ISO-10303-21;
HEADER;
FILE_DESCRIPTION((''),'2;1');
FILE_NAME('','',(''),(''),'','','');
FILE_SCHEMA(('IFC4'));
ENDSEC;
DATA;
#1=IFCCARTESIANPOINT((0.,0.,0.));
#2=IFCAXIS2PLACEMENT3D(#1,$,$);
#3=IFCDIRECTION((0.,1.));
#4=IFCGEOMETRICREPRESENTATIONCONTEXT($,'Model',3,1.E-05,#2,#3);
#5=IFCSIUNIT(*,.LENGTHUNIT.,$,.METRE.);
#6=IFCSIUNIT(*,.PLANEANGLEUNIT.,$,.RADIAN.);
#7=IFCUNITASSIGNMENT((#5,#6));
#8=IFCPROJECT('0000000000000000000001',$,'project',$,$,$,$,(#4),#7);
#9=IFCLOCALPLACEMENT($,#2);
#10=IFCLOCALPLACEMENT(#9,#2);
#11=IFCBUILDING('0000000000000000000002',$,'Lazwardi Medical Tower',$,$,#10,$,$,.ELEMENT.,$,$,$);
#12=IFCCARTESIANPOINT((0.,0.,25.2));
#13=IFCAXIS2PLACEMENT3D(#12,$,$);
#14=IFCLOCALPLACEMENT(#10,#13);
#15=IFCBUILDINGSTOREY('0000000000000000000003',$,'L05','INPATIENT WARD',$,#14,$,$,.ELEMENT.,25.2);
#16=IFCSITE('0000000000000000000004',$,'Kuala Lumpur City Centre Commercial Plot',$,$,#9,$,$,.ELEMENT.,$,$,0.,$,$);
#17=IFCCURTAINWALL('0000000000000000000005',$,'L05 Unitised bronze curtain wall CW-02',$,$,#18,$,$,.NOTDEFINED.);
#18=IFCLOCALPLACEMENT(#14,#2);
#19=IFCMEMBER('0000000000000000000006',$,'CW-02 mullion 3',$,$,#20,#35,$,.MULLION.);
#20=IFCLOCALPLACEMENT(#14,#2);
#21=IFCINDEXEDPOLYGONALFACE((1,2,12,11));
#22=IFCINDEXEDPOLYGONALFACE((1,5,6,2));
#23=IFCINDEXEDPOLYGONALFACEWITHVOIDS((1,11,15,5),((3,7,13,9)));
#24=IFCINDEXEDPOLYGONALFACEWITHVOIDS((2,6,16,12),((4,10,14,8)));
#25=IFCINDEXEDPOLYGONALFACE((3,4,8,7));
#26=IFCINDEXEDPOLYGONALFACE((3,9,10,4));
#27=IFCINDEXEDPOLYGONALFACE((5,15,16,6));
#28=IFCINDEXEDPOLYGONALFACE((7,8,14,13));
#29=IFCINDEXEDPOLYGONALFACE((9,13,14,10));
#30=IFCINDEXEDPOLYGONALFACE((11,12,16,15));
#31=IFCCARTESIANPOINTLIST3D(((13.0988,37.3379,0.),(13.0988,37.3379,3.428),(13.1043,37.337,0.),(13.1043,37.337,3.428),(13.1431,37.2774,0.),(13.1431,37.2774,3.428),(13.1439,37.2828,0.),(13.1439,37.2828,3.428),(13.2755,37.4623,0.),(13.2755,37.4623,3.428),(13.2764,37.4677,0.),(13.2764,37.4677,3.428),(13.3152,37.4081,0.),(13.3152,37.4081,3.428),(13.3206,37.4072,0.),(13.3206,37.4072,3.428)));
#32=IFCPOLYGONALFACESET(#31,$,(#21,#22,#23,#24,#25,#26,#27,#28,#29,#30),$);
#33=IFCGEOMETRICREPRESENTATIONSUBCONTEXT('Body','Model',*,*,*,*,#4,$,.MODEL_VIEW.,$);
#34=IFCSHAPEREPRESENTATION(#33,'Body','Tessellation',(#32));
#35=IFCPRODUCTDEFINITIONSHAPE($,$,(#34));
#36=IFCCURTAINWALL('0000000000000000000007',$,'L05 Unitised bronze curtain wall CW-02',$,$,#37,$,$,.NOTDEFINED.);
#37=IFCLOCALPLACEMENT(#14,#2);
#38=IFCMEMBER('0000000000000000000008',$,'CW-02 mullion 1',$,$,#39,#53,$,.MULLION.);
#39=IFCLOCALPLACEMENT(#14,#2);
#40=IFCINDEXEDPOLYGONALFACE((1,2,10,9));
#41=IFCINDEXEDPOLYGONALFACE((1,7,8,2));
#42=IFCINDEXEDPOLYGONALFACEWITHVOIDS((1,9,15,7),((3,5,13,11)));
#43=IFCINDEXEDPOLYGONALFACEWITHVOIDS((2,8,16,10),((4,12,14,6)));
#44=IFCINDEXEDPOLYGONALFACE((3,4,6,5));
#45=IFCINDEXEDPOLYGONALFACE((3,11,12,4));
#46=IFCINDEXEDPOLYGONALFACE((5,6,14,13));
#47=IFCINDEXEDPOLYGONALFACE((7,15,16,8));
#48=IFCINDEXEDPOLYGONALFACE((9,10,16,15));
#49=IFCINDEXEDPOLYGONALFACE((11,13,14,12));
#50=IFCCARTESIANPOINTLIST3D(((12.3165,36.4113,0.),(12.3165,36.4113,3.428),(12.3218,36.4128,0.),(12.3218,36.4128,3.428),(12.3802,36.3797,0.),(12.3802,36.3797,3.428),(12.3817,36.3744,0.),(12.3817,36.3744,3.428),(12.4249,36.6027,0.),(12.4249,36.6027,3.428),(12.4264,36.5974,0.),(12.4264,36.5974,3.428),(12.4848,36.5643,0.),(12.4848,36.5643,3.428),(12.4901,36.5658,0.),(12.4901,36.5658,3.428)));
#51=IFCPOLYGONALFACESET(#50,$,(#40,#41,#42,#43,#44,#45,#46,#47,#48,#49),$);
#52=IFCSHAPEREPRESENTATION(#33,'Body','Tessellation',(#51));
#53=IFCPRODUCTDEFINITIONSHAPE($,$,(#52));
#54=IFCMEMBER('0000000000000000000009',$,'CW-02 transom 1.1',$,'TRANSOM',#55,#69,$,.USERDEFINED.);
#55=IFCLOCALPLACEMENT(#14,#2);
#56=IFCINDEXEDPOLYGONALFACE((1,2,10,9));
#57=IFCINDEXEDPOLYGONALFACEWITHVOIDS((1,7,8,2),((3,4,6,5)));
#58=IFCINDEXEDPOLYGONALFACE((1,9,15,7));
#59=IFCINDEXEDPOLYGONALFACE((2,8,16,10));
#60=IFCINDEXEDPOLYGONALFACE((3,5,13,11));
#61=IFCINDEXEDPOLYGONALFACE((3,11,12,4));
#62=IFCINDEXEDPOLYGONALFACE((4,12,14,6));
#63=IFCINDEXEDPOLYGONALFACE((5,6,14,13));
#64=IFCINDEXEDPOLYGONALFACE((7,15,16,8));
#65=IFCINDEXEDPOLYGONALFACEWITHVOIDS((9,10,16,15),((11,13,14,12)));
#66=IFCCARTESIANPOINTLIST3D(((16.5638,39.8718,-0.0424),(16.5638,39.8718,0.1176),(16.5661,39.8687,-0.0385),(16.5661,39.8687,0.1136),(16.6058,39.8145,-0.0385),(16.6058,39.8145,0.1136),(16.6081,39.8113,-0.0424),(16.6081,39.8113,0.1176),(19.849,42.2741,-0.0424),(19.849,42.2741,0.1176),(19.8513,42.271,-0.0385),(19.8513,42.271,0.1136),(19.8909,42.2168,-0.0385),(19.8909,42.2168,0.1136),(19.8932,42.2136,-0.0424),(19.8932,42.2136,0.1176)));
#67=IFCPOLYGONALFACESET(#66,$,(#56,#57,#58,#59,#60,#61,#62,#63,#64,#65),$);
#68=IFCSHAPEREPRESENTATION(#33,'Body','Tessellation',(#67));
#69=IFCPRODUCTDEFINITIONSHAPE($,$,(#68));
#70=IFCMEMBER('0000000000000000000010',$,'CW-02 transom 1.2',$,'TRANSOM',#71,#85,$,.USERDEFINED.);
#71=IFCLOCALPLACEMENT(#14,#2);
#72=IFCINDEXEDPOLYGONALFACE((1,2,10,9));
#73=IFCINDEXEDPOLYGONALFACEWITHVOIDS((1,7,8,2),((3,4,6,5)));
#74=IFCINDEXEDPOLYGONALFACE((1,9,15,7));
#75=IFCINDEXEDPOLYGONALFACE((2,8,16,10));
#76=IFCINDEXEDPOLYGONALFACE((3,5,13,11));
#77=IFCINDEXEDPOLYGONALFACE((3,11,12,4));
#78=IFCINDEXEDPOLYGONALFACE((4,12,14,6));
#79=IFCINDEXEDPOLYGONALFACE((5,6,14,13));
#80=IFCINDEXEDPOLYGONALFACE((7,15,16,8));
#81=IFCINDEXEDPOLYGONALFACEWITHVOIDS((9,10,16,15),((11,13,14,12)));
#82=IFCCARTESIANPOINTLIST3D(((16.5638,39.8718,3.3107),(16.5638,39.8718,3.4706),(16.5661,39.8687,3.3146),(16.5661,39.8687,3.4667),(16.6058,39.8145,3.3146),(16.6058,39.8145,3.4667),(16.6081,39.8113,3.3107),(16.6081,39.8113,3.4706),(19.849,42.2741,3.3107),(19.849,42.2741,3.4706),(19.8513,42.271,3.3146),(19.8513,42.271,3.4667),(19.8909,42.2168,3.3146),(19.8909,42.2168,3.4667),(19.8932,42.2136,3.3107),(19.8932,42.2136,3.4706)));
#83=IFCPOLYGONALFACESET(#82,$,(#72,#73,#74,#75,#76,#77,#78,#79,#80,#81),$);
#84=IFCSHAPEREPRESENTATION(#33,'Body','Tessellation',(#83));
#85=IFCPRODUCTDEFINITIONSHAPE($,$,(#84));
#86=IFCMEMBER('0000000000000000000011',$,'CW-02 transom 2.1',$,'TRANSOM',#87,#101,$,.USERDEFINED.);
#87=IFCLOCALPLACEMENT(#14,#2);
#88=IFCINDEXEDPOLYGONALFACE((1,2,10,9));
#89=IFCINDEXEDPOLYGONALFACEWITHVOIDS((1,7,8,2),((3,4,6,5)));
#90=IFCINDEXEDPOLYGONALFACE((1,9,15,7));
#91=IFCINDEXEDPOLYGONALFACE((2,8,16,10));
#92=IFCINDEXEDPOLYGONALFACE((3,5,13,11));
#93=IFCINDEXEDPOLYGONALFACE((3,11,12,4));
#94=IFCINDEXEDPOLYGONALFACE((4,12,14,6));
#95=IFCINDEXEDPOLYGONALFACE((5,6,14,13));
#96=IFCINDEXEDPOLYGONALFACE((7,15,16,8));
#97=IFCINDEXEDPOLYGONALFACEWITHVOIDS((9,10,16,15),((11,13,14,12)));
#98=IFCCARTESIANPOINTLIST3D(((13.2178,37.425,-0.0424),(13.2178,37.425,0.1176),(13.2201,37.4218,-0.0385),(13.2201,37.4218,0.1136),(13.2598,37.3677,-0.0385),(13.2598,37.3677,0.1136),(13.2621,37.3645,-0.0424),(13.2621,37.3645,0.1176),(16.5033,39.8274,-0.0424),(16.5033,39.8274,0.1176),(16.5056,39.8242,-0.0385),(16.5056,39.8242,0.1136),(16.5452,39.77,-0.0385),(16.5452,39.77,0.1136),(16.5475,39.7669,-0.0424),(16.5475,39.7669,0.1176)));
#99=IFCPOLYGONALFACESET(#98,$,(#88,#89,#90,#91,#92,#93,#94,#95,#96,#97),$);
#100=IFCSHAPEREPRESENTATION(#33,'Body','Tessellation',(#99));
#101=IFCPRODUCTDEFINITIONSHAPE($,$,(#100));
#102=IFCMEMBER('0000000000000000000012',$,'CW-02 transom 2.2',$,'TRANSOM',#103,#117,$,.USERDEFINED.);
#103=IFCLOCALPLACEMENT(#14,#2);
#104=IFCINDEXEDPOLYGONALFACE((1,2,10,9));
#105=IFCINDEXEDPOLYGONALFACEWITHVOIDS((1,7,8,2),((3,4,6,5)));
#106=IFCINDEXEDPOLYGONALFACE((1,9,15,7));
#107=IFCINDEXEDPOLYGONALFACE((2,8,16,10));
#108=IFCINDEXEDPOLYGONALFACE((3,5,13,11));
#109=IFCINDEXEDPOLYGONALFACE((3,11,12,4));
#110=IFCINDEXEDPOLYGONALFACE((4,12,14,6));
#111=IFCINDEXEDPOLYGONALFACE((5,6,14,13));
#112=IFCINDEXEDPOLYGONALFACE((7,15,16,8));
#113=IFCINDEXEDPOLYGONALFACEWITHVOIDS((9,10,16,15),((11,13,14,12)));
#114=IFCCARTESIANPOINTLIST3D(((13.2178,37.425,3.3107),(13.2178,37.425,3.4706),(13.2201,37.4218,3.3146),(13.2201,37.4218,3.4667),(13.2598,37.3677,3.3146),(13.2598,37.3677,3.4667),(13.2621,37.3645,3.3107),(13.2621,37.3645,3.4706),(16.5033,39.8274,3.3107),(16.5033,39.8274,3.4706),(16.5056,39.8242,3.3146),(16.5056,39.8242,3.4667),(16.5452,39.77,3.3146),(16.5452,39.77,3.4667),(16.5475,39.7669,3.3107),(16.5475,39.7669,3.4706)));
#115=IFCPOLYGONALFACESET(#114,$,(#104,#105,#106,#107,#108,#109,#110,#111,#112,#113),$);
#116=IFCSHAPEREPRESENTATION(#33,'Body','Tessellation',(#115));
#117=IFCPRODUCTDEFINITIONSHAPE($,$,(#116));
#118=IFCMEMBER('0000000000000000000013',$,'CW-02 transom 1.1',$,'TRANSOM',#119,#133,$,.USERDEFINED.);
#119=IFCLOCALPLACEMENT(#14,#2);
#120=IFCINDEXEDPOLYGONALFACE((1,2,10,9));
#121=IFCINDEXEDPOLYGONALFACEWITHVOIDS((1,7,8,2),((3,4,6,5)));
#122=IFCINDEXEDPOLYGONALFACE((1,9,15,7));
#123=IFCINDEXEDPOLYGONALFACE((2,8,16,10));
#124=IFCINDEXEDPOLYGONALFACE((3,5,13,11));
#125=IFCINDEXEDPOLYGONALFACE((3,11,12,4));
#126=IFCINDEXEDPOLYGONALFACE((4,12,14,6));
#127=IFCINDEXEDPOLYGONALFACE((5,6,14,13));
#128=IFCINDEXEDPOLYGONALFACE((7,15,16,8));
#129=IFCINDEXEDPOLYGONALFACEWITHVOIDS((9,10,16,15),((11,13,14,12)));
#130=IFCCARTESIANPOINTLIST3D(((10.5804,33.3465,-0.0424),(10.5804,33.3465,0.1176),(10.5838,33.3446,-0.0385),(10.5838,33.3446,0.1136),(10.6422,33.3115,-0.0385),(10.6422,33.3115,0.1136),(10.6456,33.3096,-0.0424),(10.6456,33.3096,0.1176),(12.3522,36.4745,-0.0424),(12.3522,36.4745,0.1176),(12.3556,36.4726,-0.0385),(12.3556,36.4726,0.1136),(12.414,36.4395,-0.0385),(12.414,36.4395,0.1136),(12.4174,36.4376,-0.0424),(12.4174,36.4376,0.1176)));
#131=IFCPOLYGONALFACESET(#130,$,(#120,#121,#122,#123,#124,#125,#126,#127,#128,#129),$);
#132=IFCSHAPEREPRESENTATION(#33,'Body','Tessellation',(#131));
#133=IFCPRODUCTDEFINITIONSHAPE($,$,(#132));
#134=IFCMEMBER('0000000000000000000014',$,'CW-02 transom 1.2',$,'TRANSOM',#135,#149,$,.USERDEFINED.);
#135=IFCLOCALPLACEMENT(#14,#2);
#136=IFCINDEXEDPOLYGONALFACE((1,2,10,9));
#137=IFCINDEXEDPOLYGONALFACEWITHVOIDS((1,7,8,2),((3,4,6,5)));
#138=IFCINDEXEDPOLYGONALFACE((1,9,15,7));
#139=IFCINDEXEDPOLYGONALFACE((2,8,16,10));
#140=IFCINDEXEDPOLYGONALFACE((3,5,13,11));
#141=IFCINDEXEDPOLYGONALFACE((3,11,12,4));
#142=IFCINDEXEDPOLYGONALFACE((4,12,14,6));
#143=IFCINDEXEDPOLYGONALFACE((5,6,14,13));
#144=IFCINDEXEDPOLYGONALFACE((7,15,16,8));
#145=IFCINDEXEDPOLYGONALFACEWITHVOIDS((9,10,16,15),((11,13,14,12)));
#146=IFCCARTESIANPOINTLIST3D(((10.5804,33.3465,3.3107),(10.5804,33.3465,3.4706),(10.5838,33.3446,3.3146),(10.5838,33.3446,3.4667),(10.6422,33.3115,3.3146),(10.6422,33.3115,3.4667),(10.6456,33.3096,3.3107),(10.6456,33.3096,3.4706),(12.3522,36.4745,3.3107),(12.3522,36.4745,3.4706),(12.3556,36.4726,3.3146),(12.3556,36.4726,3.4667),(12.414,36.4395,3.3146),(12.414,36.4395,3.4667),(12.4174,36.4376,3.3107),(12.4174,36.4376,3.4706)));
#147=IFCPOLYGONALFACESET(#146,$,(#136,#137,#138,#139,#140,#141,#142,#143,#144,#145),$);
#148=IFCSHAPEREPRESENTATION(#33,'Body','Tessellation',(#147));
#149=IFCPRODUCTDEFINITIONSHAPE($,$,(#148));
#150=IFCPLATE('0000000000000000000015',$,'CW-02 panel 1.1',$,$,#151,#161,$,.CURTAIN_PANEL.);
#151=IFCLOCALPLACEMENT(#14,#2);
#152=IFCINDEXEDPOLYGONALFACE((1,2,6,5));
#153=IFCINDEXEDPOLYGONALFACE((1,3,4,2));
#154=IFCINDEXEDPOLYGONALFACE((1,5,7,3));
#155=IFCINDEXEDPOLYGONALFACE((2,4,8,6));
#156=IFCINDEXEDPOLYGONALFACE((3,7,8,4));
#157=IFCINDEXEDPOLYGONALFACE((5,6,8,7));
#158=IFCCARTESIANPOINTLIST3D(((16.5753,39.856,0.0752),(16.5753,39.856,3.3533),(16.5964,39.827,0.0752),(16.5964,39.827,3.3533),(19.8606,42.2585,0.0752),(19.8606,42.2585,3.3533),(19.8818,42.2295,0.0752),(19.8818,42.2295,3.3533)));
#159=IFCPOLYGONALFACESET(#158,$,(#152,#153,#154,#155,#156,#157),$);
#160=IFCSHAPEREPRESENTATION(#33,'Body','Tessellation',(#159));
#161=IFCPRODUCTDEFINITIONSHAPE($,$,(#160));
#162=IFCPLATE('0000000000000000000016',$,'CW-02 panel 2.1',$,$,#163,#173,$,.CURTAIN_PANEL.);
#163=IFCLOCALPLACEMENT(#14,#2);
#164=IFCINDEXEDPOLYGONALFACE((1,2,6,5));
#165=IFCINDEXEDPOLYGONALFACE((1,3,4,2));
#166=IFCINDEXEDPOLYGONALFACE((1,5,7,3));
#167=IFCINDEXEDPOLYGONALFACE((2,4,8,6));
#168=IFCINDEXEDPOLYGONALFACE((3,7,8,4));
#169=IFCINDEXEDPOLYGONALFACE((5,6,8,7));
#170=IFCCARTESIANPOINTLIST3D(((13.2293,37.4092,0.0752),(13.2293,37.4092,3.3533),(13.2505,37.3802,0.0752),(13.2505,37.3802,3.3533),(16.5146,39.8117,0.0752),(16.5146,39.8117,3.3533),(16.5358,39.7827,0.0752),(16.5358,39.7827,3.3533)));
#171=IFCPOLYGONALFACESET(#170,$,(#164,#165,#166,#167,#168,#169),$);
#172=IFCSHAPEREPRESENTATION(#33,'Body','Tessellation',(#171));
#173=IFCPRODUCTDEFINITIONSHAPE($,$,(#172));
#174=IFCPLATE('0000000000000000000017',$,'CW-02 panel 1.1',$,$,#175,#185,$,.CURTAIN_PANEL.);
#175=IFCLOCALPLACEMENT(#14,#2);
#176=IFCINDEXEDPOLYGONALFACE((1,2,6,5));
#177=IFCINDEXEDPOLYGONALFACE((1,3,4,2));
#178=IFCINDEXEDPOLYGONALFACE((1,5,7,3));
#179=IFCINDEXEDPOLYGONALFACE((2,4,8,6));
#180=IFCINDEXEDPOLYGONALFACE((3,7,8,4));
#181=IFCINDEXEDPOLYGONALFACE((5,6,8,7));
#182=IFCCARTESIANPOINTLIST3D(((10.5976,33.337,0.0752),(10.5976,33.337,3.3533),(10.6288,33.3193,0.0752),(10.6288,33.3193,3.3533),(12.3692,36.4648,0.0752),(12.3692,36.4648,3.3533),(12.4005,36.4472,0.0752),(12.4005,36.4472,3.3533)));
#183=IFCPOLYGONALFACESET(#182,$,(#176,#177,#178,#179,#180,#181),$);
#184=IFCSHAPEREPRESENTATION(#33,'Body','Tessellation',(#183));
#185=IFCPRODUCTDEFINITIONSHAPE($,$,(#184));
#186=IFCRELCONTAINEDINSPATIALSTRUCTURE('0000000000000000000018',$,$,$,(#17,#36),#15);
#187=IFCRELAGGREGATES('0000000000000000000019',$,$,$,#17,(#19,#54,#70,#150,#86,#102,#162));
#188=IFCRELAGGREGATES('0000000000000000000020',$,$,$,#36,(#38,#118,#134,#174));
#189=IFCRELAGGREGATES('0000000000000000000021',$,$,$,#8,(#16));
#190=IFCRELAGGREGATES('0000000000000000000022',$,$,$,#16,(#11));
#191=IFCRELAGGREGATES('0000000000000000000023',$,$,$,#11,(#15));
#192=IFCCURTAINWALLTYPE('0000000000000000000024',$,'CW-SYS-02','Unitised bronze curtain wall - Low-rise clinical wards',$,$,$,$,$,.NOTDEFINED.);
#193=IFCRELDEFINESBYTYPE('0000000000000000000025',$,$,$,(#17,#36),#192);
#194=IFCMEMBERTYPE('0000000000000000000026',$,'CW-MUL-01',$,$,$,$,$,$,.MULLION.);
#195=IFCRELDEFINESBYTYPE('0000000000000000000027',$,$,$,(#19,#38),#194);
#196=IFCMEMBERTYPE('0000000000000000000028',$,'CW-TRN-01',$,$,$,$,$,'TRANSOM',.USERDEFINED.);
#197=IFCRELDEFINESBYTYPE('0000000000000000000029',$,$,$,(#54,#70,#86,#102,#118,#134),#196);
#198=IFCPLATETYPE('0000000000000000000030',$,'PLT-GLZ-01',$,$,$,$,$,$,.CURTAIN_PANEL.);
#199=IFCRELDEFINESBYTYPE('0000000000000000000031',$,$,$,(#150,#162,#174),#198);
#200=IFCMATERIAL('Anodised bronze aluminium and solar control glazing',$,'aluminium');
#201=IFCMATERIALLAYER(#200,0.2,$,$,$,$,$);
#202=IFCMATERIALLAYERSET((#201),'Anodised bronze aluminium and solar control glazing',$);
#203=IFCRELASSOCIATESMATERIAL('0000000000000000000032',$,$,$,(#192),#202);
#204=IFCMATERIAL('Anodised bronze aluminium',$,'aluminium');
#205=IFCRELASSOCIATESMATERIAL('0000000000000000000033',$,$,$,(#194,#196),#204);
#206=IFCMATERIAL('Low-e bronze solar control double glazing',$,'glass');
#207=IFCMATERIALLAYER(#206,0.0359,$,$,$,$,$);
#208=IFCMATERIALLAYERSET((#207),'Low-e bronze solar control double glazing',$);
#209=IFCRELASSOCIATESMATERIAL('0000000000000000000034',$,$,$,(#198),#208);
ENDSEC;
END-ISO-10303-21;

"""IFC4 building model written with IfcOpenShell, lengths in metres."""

from ifc_helpers import new_model, si_unit, direction, frame, origin, origin_2d, place, context, subcontext, project, spatial, rectangle, hollow_rectangle, extrude, material, layer, layer_set, material_profile, profile_set, type_object, element, aggregate, save


model = new_model("IFC4")

# Units and contexts
model_context = context("Model", 3, precision=1e-05, world=origin(), true_north=direction((0.0, 1.0)))
body_context = subcontext(model_context, "Body", "Model", "MODEL_VIEW")
ifc_project = project(units=[si_unit("LENGTHUNIT", "METRE"), si_unit("PLANEANGLEUNIT", "RADIAN")], contexts=[model_context])

# Site, building, storey
site_placement = place(None, origin())
site = spatial("IfcSite", under=ifc_project, at=site_placement, Name="Kuala Lumpur City Centre Commercial Plot", CompositionType="ELEMENT", RefElevation=0.0)
building_placement = place(site_placement, origin())
building = spatial("IfcBuilding", under=site, at=building_placement, Name="Lazwardi Medical Tower", CompositionType="ELEMENT")
storey_placement = place(building_placement, frame((0.0, 0.0, 25.2)))
storey = spatial("IfcBuildingStorey", under=building, at=storey_placement, Name="L05", Description="INPATIENT WARD", CompositionType="ELEMENT", Elevation=25.2)

# Curtain wall, member
ifc_material_1 = material(Name="Anodised bronze aluminium and solar control glazing", Category="aluminium")
ifc_layer_1 = layer(ifc_material_1, 0.2)
ifc_layer_set_1 = layer_set([ifc_layer_1], Name="Anodised bronze aluminium and solar control glazing")
curtain_wall_type = type_object("IfcCurtainWallType", Name="CW-SYS-02", Description="Unitised bronze curtain wall - Low-rise clinical wards", PredefinedType="NOTDEFINED", material=ifc_layer_set_1)
curtain_wall_1_placement = place(storey_placement, origin())
curtain_wall_1 = element("IfcCurtainWall", 1, at=curtain_wall_1_placement, inside=storey, type_object=curtain_wall_type, Name="L05 Unitised bronze curtain wall CW-02", PredefinedType="NOTDEFINED")
ifc_material_2 = material(Name="Anodised bronze aluminium", Category="aluminium")
ifc_material_profile_1 = material_profile(ifc_material_2, hollow_rectangle(XDim=0.075, YDim=0.22, WallThickness=0.0039, at=origin_2d()), Name="ALU-MULLION 220x75x4")
ifc_profile_set_1 = profile_set([ifc_material_profile_1], Name="Anodised bronze aluminium")
member_type_1 = type_object("IfcMemberType", Name="CW-MUL-01", PredefinedType="MULLION", material=ifc_profile_set_1)
member_1_placement = place(storey_placement, frame((13.2097, 37.3726, 0.0), z_axis=(0.0, 0.0, 1.0), x_axis=(0.590289, -0.807192, 0.0)))
member_1 = element("IfcMember", 2, at=member_1_placement, type_object=member_type_1, Name="CW-02 mullion 3", PredefinedType="MULLION", context=body_context, shape_type="SweptSolid", body=[
    extrude(hollow_rectangle(XDim=0.075, YDim=0.22, WallThickness=0.0039, at=origin_2d()), origin(), (0.0, 0.0, 1.0), 3.428),
])

# Curtain wall, member
curtain_wall_2_placement = place(storey_placement, origin())
curtain_wall_2 = element("IfcCurtainWall", 3, at=curtain_wall_2_placement, inside=storey, type_object=curtain_wall_type, Name="L05 Unitised bronze curtain wall CW-02", PredefinedType="NOTDEFINED")
member_2_placement = place(storey_placement, frame((12.4033, 36.4885, 0.0), z_axis=(0.0, 0.0, 1.0), x_axis=(0.870112, -0.492854, 0.0)))
member_2 = element("IfcMember", 4, at=member_2_placement, type_object=member_type_1, Name="CW-02 mullion 1", PredefinedType="MULLION", context=body_context, shape_type="SweptSolid", body=[
    extrude(hollow_rectangle(XDim=0.075, YDim=0.22, WallThickness=0.0039, at=origin_2d()), origin(), (0.0, 0.0, 1.0), 3.428),
])

# Members
ifc_material_profile_2 = material_profile(ifc_material_2, hollow_rectangle(XDim=0.075, YDim=0.1599, WallThickness=0.0039, at=origin_2d()), Name="ALU-TRANSOM 160x75x4")
ifc_profile_set_2 = profile_set([ifc_material_profile_2], Name="Anodised bronze aluminium")
member_type_2 = type_object("IfcMemberType", Name="CW-TRN-01", ElementType="TRANSOM", PredefinedType="USERDEFINED", material=ifc_profile_set_2)
member_3_placement = place(storey_placement, frame((19.8711, 42.2439, 0.0376), z_axis=(-0.807198, -0.590281, 0.0), x_axis=(0.590281, -0.807198, 0.0)))
member_3 = element("IfcMember", 5, at=member_3_placement, type_object=member_type_2, Name="CW-02 transom 1.1", ObjectType="TRANSOM", PredefinedType="USERDEFINED", context=body_context, shape_type="SweptSolid", body=[
    extrude(hollow_rectangle(XDim=0.075, YDim=0.1599, WallThickness=0.0039, at=origin_2d()), origin(), (0.0, 0.0, 1.0), 4.0698),
])
member_4_placement = place(storey_placement, frame((19.8711, 42.2439, 3.3906), z_axis=(-0.807198, -0.590281, 0.0), x_axis=(0.590281, -0.807198, 0.0)))
member_4 = element("IfcMember", 6, at=member_4_placement, type_object=member_type_2, Name="CW-02 transom 1.2", ObjectType="TRANSOM", PredefinedType="USERDEFINED", context=body_context, shape_type="SweptSolid", body=[
    extrude(hollow_rectangle(XDim=0.075, YDim=0.1599, WallThickness=0.0039, at=origin_2d()), origin(), (0.0, 0.0, 1.0), 4.0698),
])
member_5_placement = place(storey_placement, frame((16.5254, 39.7971, 0.0376), z_axis=(-0.807219, -0.590253, 0.0), x_axis=(0.590253, -0.807219, 0.0)))
member_5 = element("IfcMember", 7, at=member_5_placement, type_object=member_type_2, Name="CW-02 transom 2.1", ObjectType="TRANSOM", PredefinedType="USERDEFINED", context=body_context, shape_type="SweptSolid", body=[
    extrude(hollow_rectangle(XDim=0.075, YDim=0.1599, WallThickness=0.0039, at=origin_2d()), origin(), (0.0, 0.0, 1.0), 4.0701),
])
member_6_placement = place(storey_placement, frame((16.5254, 39.7971, 3.3906), z_axis=(-0.807219, -0.590253, 0.0), x_axis=(0.590253, -0.807219, 0.0)))
member_6 = element("IfcMember", 8, at=member_6_placement, type_object=member_type_2, Name="CW-02 transom 2.2", ObjectType="TRANSOM", PredefinedType="USERDEFINED", context=body_context, shape_type="SweptSolid", body=[
    extrude(hollow_rectangle(XDim=0.075, YDim=0.1599, WallThickness=0.0039, at=origin_2d()), origin(), (0.0, 0.0, 1.0), 4.0701),
])
member_7_placement = place(storey_placement, frame((12.3848, 36.4561, 0.0376), z_axis=(-0.492851, -0.870113, 0.0), x_axis=(0.870113, -0.492851, 0.0)))
member_7 = element("IfcMember", 9, at=member_7_placement, type_object=member_type_2, Name="CW-02 transom 1.1", ObjectType="TRANSOM", PredefinedType="USERDEFINED", context=body_context, shape_type="SweptSolid", body=[
    extrude(hollow_rectangle(XDim=0.075, YDim=0.1599, WallThickness=0.0039, at=origin_2d()), origin(), (0.0, 0.0, 1.0), 3.595),
])
member_8_placement = place(storey_placement, frame((12.3848, 36.4561, 3.3906), z_axis=(-0.492851, -0.870113, 0.0), x_axis=(0.870113, -0.492851, 0.0)))
member_8 = element("IfcMember", 10, at=member_8_placement, type_object=member_type_2, Name="CW-02 transom 1.2", ObjectType="TRANSOM", PredefinedType="USERDEFINED", context=body_context, shape_type="SweptSolid", body=[
    extrude(hollow_rectangle(XDim=0.075, YDim=0.1599, WallThickness=0.0039, at=origin_2d()), origin(), (0.0, 0.0, 1.0), 3.595),
])

# Plates
ifc_material_3 = material(Name="Low-e bronze solar control double glazing", Category="glass")
ifc_layer_2 = layer(ifc_material_3, 0.0359)
ifc_layer_set_2 = layer_set([ifc_layer_2], Name="Low-e bronze solar control double glazing")
plate_type = type_object("IfcPlateType", Name="PLT-GLZ-01", PredefinedType="CURTAIN_PANEL", material=ifc_layer_set_2)
plate_1_placement = place(storey_placement, frame((18.2285, 41.0427, 0.0752), z_axis=(0.0, 0.0, 1.0), x_axis=(-0.807192, -0.590289, 0.0)))
plate_1 = element("IfcPlate", 11, at=plate_1_placement, type_object=plate_type, Name="CW-02 panel 1.1", PredefinedType="CURTAIN_PANEL", context=body_context, shape_type="SweptSolid", body=[
    extrude(rectangle(XDim=4.0701, YDim=0.0359, at=origin_2d()), origin(), (0.0, 0.0, 1.0), 3.2781),
])
plate_2_placement = place(storey_placement, frame((14.8826, 38.5959, 0.0752), z_axis=(0.0, 0.0, 1.0), x_axis=(-0.807192, -0.590289, 0.0)))
plate_2 = element("IfcPlate", 12, at=plate_2_placement, type_object=plate_type, Name="CW-02 panel 2.1", PredefinedType="CURTAIN_PANEL", context=body_context, shape_type="SweptSolid", body=[
    extrude(rectangle(XDim=4.0701, YDim=0.0359, at=origin_2d()), origin(), (0.0, 0.0, 1.0), 3.2781),
])
aggregate(curtain_wall_1, [member_1, member_3, member_4, plate_1, member_5, member_6, plate_2])
plate_3_placement = place(storey_placement, frame((11.499, 34.8921, 0.0752), z_axis=(0.0, 0.0, 1.0), x_axis=(-0.492854, -0.870112, 0.0)))
plate_3 = element("IfcPlate", 13, at=plate_3_placement, type_object=plate_type, Name="CW-02 panel 1.1", PredefinedType="CURTAIN_PANEL", context=body_context, shape_type="SweptSolid", body=[
    extrude(rectangle(XDim=3.5947, YDim=0.0359, at=origin_2d()), origin(), (0.0, 0.0, 1.0), 3.2781),
])
aggregate(curtain_wall_2, [member_2, member_7, member_8, plate_3])

save(model, "model.ifc")
